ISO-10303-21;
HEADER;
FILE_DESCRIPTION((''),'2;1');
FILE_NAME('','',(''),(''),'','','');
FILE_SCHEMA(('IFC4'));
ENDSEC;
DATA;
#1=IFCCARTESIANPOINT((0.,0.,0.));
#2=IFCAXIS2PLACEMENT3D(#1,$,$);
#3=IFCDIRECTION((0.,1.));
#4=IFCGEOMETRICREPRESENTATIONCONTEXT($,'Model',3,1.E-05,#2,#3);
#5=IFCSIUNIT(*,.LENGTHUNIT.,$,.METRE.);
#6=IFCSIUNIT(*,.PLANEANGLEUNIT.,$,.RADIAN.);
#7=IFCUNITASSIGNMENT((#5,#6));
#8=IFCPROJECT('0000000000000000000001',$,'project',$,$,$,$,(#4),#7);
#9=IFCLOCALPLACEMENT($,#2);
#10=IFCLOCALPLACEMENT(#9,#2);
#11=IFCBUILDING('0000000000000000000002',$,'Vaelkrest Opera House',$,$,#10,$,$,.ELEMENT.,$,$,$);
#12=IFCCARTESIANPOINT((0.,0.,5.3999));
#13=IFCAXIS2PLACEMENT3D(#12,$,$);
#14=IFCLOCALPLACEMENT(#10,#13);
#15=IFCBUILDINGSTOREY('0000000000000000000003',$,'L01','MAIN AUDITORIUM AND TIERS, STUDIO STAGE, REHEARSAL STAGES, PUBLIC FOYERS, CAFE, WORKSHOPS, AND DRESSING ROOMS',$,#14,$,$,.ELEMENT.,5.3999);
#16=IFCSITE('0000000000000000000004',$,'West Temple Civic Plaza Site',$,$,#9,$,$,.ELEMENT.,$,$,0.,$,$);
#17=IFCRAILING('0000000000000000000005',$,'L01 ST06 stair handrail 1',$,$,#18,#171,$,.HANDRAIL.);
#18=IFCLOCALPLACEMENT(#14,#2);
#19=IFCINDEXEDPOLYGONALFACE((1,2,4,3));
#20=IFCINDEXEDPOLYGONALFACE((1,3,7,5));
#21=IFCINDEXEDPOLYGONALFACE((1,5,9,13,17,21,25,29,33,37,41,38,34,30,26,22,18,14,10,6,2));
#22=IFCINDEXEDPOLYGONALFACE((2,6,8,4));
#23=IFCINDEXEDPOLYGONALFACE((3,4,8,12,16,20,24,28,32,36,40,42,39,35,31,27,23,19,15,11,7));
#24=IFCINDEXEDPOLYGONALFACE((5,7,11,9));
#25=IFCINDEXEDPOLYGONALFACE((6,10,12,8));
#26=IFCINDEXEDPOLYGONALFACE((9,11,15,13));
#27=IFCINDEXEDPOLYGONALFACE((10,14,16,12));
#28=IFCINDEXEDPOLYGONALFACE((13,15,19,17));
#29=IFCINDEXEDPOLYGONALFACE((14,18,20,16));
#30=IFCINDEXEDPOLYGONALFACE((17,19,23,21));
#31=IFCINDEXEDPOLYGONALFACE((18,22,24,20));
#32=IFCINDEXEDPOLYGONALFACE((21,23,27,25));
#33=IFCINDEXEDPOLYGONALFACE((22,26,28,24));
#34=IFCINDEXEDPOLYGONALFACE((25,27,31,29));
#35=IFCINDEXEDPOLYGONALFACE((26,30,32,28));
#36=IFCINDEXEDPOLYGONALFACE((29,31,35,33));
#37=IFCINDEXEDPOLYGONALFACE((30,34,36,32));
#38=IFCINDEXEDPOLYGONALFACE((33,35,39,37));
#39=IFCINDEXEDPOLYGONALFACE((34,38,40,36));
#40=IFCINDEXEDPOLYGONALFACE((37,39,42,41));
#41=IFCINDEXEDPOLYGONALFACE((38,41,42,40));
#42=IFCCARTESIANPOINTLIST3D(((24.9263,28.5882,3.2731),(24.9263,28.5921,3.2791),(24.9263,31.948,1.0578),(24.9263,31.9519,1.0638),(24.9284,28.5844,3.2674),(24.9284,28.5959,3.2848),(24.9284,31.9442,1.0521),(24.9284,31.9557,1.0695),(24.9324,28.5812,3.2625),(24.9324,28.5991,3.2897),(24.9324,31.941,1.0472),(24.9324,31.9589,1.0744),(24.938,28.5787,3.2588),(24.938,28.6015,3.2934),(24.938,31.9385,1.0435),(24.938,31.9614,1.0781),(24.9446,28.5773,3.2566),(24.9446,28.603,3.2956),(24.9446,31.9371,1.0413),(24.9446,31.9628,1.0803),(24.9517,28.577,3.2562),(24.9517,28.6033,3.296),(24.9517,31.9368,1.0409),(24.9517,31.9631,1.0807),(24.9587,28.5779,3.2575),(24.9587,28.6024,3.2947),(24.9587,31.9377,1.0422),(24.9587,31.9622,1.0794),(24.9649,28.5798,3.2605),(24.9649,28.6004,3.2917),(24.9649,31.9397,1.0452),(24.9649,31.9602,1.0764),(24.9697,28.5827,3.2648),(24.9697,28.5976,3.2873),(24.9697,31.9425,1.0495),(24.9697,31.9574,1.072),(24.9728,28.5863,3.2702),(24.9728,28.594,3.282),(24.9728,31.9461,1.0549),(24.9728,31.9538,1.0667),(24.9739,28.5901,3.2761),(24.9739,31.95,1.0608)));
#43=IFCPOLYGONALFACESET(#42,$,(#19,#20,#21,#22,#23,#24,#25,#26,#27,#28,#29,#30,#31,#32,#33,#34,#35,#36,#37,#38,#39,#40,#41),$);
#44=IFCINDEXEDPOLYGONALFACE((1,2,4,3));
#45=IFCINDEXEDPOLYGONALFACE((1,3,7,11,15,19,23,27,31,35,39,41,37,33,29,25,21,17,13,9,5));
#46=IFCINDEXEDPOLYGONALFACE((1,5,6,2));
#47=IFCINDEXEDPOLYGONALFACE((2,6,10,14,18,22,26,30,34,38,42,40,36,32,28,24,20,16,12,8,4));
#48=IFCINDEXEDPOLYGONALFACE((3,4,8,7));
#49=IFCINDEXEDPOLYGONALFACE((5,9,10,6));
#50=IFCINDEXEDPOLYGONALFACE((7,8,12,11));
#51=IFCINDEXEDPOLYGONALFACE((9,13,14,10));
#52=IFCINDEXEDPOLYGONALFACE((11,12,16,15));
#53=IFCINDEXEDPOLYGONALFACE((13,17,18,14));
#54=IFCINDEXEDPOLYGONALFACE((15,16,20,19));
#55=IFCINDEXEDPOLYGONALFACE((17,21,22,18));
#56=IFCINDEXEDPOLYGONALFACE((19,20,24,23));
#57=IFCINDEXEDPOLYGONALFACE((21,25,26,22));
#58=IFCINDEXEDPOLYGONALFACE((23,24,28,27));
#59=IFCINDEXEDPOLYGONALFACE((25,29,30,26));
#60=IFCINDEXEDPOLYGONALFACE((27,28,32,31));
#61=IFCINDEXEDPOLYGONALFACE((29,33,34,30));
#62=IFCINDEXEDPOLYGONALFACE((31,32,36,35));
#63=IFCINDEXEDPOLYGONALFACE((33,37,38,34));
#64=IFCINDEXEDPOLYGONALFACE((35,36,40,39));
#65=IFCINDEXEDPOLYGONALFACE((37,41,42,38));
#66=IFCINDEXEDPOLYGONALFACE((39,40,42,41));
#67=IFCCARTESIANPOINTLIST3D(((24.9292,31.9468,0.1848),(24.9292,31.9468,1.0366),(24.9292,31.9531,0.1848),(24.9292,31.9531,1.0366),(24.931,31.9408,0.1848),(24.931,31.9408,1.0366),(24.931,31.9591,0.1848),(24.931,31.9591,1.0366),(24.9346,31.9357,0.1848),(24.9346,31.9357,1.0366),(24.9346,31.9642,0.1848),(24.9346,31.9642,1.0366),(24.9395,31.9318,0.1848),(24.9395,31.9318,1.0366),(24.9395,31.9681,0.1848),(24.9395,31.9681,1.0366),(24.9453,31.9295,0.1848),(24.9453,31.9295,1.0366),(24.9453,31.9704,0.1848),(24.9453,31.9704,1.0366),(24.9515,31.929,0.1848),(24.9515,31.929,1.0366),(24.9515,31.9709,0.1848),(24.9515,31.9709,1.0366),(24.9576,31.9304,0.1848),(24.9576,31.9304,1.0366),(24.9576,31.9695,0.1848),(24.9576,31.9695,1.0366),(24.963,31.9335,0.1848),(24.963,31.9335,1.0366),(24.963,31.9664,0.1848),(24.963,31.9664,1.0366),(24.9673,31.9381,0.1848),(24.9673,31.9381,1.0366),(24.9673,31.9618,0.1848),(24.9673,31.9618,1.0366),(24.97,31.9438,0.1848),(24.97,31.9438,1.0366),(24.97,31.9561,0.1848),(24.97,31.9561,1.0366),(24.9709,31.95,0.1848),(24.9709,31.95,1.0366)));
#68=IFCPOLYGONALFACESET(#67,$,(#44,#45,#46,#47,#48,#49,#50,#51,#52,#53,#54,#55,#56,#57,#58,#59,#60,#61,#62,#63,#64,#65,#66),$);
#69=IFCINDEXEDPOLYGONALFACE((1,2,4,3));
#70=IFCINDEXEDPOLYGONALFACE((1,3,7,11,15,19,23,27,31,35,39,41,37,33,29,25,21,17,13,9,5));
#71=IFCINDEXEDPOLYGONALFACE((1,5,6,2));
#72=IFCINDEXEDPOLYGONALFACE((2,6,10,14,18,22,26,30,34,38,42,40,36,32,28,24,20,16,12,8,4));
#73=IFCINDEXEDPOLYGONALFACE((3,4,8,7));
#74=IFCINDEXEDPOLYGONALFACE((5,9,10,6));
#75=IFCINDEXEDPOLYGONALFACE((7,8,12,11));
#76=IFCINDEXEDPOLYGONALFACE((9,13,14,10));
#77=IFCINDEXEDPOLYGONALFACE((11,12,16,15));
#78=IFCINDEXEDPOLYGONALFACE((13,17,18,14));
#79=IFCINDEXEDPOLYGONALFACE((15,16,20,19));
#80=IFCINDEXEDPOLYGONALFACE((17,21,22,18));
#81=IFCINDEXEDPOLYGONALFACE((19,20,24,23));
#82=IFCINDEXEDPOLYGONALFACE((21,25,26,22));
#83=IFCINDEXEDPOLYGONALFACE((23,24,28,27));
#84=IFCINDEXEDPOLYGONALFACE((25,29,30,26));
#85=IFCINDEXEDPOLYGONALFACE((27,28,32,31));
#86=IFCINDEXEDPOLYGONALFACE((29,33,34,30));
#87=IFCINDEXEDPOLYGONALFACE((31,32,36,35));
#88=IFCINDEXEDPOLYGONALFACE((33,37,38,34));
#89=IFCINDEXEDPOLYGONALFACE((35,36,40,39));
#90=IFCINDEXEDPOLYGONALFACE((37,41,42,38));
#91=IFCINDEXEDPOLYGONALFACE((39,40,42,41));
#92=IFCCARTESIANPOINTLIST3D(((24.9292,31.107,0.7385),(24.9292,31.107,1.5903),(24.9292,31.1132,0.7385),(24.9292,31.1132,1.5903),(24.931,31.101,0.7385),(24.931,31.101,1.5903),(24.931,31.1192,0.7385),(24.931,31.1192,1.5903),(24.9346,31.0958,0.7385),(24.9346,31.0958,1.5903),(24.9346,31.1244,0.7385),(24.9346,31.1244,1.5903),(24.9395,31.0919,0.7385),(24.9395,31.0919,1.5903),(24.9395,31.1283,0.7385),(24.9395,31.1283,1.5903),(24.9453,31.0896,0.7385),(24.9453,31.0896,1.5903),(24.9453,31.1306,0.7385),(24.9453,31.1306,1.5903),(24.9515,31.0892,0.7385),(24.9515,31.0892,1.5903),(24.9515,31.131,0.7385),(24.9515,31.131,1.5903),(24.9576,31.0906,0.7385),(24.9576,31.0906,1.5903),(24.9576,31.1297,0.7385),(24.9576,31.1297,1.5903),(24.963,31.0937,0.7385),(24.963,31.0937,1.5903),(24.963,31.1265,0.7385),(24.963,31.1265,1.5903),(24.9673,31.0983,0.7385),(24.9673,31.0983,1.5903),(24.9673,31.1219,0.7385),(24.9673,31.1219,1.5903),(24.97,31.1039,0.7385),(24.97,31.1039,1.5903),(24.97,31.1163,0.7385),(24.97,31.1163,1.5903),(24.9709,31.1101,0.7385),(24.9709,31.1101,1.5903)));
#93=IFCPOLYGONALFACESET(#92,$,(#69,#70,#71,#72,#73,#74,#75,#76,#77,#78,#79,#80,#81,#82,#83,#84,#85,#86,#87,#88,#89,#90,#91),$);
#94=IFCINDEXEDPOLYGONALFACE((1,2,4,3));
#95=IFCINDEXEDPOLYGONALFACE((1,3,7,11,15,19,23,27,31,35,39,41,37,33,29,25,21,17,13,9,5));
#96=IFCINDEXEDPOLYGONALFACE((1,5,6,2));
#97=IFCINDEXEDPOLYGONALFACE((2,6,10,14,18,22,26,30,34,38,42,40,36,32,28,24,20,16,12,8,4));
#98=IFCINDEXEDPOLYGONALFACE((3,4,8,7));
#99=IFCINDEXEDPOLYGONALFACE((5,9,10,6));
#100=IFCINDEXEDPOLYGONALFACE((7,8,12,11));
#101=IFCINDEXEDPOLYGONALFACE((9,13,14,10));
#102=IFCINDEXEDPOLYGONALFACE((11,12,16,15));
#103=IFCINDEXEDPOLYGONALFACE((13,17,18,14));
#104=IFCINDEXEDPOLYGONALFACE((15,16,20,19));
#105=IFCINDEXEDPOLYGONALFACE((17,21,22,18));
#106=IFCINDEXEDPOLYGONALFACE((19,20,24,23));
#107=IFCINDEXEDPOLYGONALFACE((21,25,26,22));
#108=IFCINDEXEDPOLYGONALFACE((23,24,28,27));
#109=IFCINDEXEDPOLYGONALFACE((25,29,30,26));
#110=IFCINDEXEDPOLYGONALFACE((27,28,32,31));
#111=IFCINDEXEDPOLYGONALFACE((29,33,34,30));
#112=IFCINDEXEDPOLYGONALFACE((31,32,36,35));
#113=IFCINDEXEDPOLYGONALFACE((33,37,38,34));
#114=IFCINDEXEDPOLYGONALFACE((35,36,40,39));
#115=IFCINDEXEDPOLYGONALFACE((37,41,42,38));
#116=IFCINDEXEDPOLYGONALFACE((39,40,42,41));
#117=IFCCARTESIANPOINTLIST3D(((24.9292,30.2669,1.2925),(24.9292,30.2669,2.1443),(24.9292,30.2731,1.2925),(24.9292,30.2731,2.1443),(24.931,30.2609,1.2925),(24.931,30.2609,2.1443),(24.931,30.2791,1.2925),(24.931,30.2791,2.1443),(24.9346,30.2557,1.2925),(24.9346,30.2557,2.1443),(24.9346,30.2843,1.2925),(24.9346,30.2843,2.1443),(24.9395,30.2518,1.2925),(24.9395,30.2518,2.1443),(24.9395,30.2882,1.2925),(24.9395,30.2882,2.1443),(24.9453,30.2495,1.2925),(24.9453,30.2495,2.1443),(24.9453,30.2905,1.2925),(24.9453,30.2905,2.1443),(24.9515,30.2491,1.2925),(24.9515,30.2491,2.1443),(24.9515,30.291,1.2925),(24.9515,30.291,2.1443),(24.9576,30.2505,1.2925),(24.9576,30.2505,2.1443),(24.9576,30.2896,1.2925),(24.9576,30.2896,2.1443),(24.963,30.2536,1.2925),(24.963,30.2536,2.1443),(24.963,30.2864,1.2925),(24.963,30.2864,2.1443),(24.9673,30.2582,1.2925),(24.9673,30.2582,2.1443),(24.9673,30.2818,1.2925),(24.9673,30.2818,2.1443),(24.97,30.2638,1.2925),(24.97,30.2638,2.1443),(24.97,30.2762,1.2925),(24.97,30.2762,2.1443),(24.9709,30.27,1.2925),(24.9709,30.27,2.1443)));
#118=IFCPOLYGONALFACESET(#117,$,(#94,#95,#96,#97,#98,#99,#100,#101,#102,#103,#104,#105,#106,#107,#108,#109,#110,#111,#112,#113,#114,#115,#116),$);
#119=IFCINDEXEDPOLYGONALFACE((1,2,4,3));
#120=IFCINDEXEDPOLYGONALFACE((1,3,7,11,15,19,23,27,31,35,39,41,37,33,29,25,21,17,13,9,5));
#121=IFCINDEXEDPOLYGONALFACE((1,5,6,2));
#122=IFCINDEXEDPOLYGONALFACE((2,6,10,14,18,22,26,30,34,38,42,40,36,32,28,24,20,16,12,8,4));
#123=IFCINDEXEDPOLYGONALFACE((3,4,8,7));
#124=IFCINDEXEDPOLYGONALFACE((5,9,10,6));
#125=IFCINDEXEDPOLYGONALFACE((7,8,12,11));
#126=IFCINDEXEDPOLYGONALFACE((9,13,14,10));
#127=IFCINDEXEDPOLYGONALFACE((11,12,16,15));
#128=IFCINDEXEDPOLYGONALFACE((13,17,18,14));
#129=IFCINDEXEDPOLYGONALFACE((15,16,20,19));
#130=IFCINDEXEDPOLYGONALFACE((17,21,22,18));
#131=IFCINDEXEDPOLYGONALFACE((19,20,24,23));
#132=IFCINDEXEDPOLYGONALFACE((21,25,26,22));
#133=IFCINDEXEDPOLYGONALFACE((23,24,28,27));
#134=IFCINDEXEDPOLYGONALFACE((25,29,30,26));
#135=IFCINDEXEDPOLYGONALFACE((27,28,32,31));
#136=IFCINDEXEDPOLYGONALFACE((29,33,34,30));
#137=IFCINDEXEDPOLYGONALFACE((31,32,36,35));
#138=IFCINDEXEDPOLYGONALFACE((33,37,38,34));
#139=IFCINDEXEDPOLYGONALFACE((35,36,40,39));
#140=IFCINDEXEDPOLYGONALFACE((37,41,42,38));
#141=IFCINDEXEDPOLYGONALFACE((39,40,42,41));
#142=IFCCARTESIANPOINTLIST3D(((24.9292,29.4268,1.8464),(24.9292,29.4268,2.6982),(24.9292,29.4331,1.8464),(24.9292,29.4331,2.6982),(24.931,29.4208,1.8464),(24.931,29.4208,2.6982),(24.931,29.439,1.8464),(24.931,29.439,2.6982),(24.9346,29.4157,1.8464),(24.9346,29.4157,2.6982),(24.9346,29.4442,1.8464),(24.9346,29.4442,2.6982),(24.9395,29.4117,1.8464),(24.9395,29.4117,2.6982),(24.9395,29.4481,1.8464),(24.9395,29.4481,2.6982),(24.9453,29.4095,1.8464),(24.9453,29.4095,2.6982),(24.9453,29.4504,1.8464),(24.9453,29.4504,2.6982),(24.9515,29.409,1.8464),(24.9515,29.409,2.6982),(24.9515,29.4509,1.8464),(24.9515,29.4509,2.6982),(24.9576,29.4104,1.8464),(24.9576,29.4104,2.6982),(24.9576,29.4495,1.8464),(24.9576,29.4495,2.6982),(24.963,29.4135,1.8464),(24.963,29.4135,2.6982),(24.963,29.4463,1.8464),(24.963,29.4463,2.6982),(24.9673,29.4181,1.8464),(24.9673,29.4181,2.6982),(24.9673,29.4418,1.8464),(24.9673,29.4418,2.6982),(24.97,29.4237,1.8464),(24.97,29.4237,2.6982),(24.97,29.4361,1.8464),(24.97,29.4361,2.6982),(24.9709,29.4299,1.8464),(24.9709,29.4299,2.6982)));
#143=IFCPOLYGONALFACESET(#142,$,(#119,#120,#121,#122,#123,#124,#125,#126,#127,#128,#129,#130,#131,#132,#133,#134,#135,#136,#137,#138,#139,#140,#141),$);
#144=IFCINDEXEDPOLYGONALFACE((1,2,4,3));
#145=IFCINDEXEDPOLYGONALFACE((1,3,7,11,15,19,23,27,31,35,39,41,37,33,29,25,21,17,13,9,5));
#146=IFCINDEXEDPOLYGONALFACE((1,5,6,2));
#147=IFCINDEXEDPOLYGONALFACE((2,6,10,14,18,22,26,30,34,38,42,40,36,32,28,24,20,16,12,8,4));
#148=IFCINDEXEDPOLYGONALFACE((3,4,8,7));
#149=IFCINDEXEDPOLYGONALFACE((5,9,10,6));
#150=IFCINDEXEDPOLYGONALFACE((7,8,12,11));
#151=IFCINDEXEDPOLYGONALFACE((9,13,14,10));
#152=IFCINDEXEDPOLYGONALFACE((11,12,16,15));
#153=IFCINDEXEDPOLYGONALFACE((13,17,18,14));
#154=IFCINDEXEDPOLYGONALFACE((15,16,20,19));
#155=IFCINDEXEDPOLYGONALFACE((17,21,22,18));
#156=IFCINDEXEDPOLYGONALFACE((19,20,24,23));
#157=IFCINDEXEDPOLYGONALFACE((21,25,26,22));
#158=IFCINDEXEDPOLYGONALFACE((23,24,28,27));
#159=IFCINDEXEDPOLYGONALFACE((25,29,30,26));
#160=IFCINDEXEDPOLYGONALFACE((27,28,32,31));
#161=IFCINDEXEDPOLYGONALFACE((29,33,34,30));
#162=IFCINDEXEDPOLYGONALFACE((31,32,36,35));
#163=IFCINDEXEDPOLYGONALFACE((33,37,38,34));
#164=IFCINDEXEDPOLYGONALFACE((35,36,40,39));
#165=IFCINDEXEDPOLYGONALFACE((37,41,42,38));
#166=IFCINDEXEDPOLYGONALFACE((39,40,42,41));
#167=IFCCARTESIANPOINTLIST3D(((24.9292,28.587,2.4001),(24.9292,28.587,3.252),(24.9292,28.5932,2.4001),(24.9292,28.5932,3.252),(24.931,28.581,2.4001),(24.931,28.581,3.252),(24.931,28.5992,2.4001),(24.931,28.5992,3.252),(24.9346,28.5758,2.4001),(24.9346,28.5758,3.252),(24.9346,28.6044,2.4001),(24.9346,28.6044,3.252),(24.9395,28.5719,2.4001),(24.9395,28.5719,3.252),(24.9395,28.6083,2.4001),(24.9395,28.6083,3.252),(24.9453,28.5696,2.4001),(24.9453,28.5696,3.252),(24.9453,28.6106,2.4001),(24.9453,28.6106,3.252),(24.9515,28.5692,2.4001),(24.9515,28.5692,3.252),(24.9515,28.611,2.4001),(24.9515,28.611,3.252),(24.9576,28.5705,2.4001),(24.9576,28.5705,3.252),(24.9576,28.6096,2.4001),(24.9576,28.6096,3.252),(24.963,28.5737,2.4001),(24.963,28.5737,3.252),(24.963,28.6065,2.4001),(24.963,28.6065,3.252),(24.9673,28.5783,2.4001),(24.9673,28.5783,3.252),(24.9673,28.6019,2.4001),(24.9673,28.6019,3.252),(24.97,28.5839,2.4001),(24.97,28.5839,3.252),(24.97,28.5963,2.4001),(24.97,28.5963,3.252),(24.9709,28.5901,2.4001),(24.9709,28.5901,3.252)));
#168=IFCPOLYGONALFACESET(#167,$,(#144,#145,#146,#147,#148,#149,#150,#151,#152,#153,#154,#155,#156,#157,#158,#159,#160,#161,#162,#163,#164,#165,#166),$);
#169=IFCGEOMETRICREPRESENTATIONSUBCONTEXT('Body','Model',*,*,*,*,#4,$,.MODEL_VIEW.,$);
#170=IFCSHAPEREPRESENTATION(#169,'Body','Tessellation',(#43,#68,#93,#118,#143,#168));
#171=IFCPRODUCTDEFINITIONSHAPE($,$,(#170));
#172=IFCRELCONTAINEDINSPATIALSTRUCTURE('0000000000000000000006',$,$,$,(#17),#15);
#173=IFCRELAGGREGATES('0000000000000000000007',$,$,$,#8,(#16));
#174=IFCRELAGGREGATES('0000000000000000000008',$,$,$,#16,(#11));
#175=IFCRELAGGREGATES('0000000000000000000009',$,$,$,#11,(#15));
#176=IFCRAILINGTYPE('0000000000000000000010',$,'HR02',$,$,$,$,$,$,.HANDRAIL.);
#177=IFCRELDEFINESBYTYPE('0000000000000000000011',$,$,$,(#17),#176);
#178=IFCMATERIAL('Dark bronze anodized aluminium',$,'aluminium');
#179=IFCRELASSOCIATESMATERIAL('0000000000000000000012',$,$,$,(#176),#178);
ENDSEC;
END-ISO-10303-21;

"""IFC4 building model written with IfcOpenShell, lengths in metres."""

from ifc_helpers import new_model, si_unit, direction, frame, origin, origin_2d, place, context, subcontext, project, spatial, circle, extrude, material, type_object, element, save


model = new_model("IFC4")

# Units and contexts
model_context = context("Model", 3, precision=1e-05, world=origin(), true_north=direction((0.0, 1.0)))
body_context = subcontext(model_context, "Body", "Model", "MODEL_VIEW")
ifc_project = project(units=[si_unit("LENGTHUNIT", "METRE"), si_unit("PLANEANGLEUNIT", "RADIAN")], contexts=[model_context])

# Site, building, storey
site_placement = place(None, origin())
site = spatial("IfcSite", under=ifc_project, at=site_placement, Name="West Temple Civic Plaza Site", CompositionType="ELEMENT", RefElevation=0.0)
building_placement = place(site_placement, origin())
building = spatial("IfcBuilding", under=site, at=building_placement, Name="Vaelkrest Opera House", CompositionType="ELEMENT")
storey_placement = place(building_placement, frame((0.0, 0.0, 5.3999)))
storey = spatial("IfcBuildingStorey", under=building, at=storey_placement, Name="L01", Description="MAIN AUDITORIUM AND TIERS, STUDIO STAGE, REHEARSAL STAGES, PUBLIC FOYERS, CAFE, WORKSHOPS, AND DRESSING ROOMS", CompositionType="ELEMENT", Elevation=5.3999)

# Shared definitions
ifc_material_1 = material(Name="Dark bronze anodized aluminium", Category="aluminium")

# Railing
railing_type_1 = type_object("IfcRailingType", Name="HR02", PredefinedType="HANDRAIL", material=ifc_material_1)
railing_1_placement = place(storey_placement, frame((24.95, 31.95, 0.1848)))
element("IfcRailing", 1, at=railing_1_placement, inside=storey, type_object=railing_type_1, Name="L01 ST06 stair handrail 1", PredefinedType="HANDRAIL", context=body_context, shape_type="SweptSolid", body=[
    extrude(circle(Radius=0.0239, at=origin_2d()), frame((0.0, 0.0, 0.876), z_axis=(0.0, -0.834858, 0.550465), x_axis=(1.0, 0.0, 0.0)), (0.0, 0.0, 1.0), 4.0244),
    extrude(circle(Radius=0.021, at=origin_2d()), origin(), (0.0, 0.0, 1.0), 0.8518),
    extrude(circle(Radius=0.021, at=origin_2d()), frame((0.0, -0.8398, 0.5537)), (0.0, 0.0, 1.0), 0.8518),
    extrude(circle(Radius=0.021, at=origin_2d()), frame((0.0, -1.6799, 1.1077)), (0.0, 0.0, 1.0), 0.8518),
    extrude(circle(Radius=0.021, at=origin_2d()), frame((0.0, -2.52, 1.6616)), (0.0, 0.0, 1.0), 0.8518),
    extrude(circle(Radius=0.021, at=origin_2d()), frame((0.0, -3.3599, 2.2153)), (0.0, 0.0, 1.0), 0.8518),
])

save(model, "model.ifc")
